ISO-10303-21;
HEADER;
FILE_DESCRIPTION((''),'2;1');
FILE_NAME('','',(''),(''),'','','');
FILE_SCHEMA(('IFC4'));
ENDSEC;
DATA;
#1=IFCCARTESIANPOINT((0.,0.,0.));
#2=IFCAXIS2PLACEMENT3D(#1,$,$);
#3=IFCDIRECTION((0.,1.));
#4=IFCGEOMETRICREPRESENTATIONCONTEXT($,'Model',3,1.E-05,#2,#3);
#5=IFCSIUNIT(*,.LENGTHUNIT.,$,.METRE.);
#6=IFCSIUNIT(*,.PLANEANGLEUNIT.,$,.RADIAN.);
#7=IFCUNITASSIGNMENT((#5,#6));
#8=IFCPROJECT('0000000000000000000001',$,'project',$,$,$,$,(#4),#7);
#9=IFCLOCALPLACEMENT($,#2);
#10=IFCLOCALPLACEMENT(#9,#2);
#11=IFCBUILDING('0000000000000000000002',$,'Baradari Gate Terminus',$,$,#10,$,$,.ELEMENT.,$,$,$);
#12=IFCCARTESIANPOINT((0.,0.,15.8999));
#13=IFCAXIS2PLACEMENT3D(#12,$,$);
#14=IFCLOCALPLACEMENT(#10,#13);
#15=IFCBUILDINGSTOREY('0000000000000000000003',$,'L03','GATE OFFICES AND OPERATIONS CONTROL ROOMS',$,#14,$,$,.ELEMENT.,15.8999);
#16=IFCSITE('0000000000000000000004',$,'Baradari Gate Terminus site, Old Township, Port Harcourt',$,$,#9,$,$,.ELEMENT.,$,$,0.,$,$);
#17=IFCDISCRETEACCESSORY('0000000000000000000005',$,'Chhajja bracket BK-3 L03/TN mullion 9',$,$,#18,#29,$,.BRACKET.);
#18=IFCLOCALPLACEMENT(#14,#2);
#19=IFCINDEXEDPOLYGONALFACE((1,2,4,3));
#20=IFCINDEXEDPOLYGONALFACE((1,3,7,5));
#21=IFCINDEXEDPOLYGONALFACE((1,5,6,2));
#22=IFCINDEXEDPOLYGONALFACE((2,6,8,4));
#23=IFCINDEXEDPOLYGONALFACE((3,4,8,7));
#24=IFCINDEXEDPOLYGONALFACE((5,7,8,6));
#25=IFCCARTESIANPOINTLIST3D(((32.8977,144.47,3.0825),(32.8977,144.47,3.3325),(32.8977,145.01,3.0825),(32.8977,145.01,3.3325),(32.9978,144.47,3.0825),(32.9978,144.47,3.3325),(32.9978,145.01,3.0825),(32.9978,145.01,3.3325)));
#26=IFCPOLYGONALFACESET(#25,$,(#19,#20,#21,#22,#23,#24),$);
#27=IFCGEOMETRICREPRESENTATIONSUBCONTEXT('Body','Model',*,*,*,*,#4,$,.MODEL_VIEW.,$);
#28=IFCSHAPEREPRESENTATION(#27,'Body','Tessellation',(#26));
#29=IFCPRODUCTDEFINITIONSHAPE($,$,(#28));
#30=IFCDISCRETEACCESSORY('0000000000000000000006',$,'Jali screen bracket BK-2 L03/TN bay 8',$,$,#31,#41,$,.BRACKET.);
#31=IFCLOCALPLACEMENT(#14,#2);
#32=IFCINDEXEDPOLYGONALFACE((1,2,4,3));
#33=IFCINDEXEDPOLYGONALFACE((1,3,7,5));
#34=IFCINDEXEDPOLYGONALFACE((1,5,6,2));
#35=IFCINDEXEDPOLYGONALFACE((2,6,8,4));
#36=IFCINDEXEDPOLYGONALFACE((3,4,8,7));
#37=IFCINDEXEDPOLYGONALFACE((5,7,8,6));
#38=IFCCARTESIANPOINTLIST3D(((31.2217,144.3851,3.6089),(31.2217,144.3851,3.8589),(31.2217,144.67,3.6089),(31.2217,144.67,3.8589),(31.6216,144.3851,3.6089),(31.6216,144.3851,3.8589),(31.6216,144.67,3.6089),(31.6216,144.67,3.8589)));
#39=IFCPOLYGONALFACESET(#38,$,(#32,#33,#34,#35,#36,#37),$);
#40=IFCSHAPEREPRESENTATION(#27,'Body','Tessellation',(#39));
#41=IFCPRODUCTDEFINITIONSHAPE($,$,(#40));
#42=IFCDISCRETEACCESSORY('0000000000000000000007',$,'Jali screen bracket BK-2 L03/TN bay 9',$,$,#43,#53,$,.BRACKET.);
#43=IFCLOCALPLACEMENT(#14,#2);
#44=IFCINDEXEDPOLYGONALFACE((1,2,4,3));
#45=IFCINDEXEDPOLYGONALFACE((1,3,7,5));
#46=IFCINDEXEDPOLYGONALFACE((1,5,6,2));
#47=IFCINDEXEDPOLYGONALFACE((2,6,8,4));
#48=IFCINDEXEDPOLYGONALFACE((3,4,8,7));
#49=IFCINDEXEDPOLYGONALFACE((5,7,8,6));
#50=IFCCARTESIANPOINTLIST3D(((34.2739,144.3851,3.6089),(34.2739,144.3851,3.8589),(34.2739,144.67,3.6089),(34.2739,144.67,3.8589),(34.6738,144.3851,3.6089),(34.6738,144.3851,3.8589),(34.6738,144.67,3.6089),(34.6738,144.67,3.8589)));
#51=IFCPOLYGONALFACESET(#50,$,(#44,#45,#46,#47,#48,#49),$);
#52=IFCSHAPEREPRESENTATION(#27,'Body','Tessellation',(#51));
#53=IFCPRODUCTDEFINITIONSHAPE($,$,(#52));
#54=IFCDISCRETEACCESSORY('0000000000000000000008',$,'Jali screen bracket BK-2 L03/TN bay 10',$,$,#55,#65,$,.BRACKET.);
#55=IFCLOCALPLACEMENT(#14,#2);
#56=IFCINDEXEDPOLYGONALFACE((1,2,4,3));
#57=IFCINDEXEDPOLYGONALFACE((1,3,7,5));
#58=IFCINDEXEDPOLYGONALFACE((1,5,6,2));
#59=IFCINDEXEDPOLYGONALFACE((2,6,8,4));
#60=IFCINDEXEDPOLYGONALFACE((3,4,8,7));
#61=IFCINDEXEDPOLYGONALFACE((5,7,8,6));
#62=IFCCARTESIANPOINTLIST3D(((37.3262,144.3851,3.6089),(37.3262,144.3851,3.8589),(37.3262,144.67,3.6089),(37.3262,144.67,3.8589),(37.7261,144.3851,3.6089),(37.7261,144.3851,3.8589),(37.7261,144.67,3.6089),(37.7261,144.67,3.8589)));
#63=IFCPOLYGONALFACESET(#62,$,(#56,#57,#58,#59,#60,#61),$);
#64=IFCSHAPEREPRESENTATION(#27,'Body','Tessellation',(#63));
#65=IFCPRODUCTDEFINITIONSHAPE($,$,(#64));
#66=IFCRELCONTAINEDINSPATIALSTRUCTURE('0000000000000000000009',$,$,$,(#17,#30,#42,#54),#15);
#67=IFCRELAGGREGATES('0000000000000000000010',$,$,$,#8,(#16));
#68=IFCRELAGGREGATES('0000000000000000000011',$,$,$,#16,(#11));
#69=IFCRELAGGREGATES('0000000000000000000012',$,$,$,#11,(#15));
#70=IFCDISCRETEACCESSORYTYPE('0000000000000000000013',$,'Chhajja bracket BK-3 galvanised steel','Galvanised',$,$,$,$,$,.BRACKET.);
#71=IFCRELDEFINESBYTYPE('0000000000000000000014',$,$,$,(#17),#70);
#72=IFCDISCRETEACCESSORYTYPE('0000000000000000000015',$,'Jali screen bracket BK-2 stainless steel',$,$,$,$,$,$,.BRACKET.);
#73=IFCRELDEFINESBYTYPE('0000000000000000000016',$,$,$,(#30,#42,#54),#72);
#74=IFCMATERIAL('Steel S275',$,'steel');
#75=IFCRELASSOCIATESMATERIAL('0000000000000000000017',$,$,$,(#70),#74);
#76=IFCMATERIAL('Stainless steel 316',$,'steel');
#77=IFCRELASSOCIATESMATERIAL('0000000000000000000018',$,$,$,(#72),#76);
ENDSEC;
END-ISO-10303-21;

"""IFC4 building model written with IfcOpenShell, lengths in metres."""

from ifc_helpers import new_model, si_unit, direction, frame, origin, origin_2d, place, context, subcontext, project, spatial, rectangle, extrude, material, type_object, element, save


model = new_model("IFC4")

# Units and contexts
model_context = context("Model", 3, precision=1e-05, world=origin(), true_north=direction((0.0, 1.0)))
body_context = subcontext(model_context, "Body", "Model", "MODEL_VIEW")
ifc_project = project(units=[si_unit("LENGTHUNIT", "METRE"), si_unit("PLANEANGLEUNIT", "RADIAN")], contexts=[model_context])

# Site, building, storey
site_placement = place(None, origin())
site = spatial("IfcSite", under=ifc_project, at=site_placement, Name="Baradari Gate Terminus site, Old Township, Port Harcourt", CompositionType="ELEMENT", RefElevation=0.0)
building_placement = place(site_placement, origin())
building = spatial("IfcBuilding", under=site, at=building_placement, Name="Baradari Gate Terminus", CompositionType="ELEMENT")
storey_placement = place(building_placement, frame((0.0, 0.0, 15.8999)))
storey = spatial("IfcBuildingStorey", under=building, at=storey_placement, Name="L03", Description="GATE OFFICES AND OPERATIONS CONTROL ROOMS", CompositionType="ELEMENT", Elevation=15.8999)

# Discrete accessories
ifc_material_1 = material(Name="Steel S275", Category="steel")
discrete_accessory_type_1 = type_object("IfcDiscreteAccessoryType", Name="Chhajja bracket BK-3 galvanised steel", Description="Galvanised", PredefinedType="BRACKET", material=ifc_material_1)
discrete_accessory_placement = place(storey_placement, frame((32.9478, 144.74, 3.0825), z_axis=(0.0, 0.0, 1.0), x_axis=(0.0, 1.0, 0.0)))
element("IfcDiscreteAccessory", 1, at=discrete_accessory_placement, inside=storey, type_object=discrete_accessory_type_1, Name="Chhajja bracket BK-3 L03/TN mullion 9", PredefinedType="BRACKET", context=body_context, shape_type="SweptSolid", body=[
    extrude(rectangle(XDim=0.54, YDim=0.1001, at=origin_2d()), origin(), (0.0, 0.0, 1.0), 0.25),
])
ifc_material_2 = material(Name="Stainless steel 316", Category="steel")
discrete_accessory_type_2 = type_object("IfcDiscreteAccessoryType", Name="Jali screen bracket BK-2 stainless steel", PredefinedType="BRACKET", material=ifc_material_2)
for number, where, z_axis, x_axis, name in (
    (2, (31.4216, 144.5276, 3.6089), (0.0, 0.0, 1.0), (0.0, 1.0, 0.0), "Jali screen bracket BK-2 L03/TN bay 8"),
    (3, (34.4739, 144.5276, 3.6089), (0.0, 0.0, 1.0), (0.0, 1.0, 0.0), "Jali screen bracket BK-2 L03/TN bay 9"),
    (4, (37.5261, 144.5276, 3.6089), (0.0, 0.0, 1.0), (0.0, 1.0, 0.0), "Jali screen bracket BK-2 L03/TN bay 10"),
):
    element("IfcDiscreteAccessory", number, at=place(storey_placement, frame(where, z_axis=z_axis, x_axis=x_axis)), inside=storey, type_object=discrete_accessory_type_2, Name=name, PredefinedType="BRACKET", context=body_context, shape_type="SweptSolid", body=[
        extrude(rectangle(XDim=0.2849, YDim=0.3999, at=origin_2d()), origin(), (0.0, 0.0, 1.0), 0.25),
    ])

save(model, "model.ifc")
